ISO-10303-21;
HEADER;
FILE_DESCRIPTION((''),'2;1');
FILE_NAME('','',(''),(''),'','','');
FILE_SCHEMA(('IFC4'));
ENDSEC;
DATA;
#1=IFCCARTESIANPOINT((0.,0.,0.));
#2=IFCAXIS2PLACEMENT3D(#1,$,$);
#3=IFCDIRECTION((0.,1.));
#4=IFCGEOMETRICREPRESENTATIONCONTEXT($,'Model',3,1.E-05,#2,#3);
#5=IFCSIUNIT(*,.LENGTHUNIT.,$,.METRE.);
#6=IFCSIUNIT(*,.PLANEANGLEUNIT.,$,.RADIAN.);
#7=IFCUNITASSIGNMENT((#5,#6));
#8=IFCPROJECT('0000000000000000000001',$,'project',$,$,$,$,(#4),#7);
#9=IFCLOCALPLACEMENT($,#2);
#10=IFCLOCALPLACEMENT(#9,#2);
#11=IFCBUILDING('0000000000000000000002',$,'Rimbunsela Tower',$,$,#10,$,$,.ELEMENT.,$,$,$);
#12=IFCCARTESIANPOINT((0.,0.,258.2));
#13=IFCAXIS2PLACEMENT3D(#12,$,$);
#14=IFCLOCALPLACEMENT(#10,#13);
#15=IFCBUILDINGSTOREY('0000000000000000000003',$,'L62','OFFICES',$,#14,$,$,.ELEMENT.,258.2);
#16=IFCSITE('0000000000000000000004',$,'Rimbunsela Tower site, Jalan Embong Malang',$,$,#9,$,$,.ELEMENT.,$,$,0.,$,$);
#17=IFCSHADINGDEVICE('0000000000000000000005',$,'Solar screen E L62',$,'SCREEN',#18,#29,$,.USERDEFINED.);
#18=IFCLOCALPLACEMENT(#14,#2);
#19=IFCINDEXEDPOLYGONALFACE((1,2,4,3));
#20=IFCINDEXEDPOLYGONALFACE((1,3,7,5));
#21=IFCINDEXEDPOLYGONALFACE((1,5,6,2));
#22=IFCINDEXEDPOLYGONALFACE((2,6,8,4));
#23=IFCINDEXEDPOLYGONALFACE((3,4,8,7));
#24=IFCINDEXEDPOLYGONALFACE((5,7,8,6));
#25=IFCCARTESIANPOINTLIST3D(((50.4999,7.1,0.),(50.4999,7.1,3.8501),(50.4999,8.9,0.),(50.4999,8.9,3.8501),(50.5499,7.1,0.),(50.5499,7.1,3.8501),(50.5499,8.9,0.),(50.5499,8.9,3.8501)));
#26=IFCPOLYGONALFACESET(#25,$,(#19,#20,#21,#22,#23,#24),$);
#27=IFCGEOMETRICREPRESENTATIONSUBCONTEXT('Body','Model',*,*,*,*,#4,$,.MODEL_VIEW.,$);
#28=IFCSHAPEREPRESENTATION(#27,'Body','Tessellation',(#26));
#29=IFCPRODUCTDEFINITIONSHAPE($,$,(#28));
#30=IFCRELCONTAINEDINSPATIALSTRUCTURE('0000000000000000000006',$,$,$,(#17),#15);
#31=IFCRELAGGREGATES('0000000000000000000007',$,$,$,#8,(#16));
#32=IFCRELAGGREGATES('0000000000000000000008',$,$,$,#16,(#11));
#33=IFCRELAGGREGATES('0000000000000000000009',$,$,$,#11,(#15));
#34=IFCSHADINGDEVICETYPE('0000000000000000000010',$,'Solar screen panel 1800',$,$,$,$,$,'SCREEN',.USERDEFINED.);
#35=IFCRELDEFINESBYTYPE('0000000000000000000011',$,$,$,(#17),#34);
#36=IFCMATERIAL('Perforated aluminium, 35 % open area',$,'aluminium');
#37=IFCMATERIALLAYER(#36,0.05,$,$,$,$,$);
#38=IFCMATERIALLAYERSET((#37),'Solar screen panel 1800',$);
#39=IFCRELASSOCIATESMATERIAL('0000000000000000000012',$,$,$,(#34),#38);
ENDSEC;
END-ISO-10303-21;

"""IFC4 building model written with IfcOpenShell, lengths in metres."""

from ifc_helpers import new_model, si_unit, direction, frame, origin, origin_2d, place, context, subcontext, project, spatial, rectangle, extrude, material, layer, layer_set, type_object, element, save


model = new_model("IFC4")

# Units and contexts
model_context = context("Model", 3, precision=1e-05, world=origin(), true_north=direction((0.0, 1.0)))
body_context = subcontext(model_context, "Body", "Model", "MODEL_VIEW")
ifc_project = project(units=[si_unit("LENGTHUNIT", "METRE"), si_unit("PLANEANGLEUNIT", "RADIAN")], contexts=[model_context])

# Site, building, storey
site_placement = place(None, origin())
site = spatial("IfcSite", under=ifc_project, at=site_placement, Name="Rimbunsela Tower site, Jalan Embong Malang", CompositionType="ELEMENT", RefElevation=0.0)
building_placement = place(site_placement, origin())
building = spatial("IfcBuilding", under=site, at=building_placement, Name="Rimbunsela Tower", CompositionType="ELEMENT")
storey_placement = place(building_placement, frame((0.0, 0.0, 258.2)))
storey = spatial("IfcBuildingStorey", under=building, at=storey_placement, Name="L62", Description="OFFICES", CompositionType="ELEMENT", Elevation=258.2)

# Shading device
ifc_material_1 = material(Name="Perforated aluminium, 35 % open area", Category="aluminium")
ifc_layer_1 = layer(ifc_material_1, 0.05)
ifc_layer_set_1 = layer_set([ifc_layer_1], Name="Solar screen panel 1800")
shading_device_type = type_object("IfcShadingDeviceType", Name="Solar screen panel 1800", ElementType="SCREEN", PredefinedType="USERDEFINED", material=ifc_layer_set_1)
for number, where, z_axis, x_axis, name in (
    (1, (50.5249, 8.0, 0.0), (0.0, 0.0, 1.0), (0.0, 1.0, 0.0), "Solar screen E L62"),
):
    element("IfcShadingDevice", number, at=place(storey_placement, frame(where, z_axis=z_axis, x_axis=x_axis)), inside=storey, type_object=shading_device_type, Name=name, ObjectType="SCREEN", PredefinedType="USERDEFINED", context=body_context, shape_type="SweptSolid", body=[
        extrude(rectangle(XDim=1.8, YDim=0.05, at=origin_2d()), origin(), (0.0, 0.0, 1.0), 3.8501),
    ])

save(model, "model.ifc")
